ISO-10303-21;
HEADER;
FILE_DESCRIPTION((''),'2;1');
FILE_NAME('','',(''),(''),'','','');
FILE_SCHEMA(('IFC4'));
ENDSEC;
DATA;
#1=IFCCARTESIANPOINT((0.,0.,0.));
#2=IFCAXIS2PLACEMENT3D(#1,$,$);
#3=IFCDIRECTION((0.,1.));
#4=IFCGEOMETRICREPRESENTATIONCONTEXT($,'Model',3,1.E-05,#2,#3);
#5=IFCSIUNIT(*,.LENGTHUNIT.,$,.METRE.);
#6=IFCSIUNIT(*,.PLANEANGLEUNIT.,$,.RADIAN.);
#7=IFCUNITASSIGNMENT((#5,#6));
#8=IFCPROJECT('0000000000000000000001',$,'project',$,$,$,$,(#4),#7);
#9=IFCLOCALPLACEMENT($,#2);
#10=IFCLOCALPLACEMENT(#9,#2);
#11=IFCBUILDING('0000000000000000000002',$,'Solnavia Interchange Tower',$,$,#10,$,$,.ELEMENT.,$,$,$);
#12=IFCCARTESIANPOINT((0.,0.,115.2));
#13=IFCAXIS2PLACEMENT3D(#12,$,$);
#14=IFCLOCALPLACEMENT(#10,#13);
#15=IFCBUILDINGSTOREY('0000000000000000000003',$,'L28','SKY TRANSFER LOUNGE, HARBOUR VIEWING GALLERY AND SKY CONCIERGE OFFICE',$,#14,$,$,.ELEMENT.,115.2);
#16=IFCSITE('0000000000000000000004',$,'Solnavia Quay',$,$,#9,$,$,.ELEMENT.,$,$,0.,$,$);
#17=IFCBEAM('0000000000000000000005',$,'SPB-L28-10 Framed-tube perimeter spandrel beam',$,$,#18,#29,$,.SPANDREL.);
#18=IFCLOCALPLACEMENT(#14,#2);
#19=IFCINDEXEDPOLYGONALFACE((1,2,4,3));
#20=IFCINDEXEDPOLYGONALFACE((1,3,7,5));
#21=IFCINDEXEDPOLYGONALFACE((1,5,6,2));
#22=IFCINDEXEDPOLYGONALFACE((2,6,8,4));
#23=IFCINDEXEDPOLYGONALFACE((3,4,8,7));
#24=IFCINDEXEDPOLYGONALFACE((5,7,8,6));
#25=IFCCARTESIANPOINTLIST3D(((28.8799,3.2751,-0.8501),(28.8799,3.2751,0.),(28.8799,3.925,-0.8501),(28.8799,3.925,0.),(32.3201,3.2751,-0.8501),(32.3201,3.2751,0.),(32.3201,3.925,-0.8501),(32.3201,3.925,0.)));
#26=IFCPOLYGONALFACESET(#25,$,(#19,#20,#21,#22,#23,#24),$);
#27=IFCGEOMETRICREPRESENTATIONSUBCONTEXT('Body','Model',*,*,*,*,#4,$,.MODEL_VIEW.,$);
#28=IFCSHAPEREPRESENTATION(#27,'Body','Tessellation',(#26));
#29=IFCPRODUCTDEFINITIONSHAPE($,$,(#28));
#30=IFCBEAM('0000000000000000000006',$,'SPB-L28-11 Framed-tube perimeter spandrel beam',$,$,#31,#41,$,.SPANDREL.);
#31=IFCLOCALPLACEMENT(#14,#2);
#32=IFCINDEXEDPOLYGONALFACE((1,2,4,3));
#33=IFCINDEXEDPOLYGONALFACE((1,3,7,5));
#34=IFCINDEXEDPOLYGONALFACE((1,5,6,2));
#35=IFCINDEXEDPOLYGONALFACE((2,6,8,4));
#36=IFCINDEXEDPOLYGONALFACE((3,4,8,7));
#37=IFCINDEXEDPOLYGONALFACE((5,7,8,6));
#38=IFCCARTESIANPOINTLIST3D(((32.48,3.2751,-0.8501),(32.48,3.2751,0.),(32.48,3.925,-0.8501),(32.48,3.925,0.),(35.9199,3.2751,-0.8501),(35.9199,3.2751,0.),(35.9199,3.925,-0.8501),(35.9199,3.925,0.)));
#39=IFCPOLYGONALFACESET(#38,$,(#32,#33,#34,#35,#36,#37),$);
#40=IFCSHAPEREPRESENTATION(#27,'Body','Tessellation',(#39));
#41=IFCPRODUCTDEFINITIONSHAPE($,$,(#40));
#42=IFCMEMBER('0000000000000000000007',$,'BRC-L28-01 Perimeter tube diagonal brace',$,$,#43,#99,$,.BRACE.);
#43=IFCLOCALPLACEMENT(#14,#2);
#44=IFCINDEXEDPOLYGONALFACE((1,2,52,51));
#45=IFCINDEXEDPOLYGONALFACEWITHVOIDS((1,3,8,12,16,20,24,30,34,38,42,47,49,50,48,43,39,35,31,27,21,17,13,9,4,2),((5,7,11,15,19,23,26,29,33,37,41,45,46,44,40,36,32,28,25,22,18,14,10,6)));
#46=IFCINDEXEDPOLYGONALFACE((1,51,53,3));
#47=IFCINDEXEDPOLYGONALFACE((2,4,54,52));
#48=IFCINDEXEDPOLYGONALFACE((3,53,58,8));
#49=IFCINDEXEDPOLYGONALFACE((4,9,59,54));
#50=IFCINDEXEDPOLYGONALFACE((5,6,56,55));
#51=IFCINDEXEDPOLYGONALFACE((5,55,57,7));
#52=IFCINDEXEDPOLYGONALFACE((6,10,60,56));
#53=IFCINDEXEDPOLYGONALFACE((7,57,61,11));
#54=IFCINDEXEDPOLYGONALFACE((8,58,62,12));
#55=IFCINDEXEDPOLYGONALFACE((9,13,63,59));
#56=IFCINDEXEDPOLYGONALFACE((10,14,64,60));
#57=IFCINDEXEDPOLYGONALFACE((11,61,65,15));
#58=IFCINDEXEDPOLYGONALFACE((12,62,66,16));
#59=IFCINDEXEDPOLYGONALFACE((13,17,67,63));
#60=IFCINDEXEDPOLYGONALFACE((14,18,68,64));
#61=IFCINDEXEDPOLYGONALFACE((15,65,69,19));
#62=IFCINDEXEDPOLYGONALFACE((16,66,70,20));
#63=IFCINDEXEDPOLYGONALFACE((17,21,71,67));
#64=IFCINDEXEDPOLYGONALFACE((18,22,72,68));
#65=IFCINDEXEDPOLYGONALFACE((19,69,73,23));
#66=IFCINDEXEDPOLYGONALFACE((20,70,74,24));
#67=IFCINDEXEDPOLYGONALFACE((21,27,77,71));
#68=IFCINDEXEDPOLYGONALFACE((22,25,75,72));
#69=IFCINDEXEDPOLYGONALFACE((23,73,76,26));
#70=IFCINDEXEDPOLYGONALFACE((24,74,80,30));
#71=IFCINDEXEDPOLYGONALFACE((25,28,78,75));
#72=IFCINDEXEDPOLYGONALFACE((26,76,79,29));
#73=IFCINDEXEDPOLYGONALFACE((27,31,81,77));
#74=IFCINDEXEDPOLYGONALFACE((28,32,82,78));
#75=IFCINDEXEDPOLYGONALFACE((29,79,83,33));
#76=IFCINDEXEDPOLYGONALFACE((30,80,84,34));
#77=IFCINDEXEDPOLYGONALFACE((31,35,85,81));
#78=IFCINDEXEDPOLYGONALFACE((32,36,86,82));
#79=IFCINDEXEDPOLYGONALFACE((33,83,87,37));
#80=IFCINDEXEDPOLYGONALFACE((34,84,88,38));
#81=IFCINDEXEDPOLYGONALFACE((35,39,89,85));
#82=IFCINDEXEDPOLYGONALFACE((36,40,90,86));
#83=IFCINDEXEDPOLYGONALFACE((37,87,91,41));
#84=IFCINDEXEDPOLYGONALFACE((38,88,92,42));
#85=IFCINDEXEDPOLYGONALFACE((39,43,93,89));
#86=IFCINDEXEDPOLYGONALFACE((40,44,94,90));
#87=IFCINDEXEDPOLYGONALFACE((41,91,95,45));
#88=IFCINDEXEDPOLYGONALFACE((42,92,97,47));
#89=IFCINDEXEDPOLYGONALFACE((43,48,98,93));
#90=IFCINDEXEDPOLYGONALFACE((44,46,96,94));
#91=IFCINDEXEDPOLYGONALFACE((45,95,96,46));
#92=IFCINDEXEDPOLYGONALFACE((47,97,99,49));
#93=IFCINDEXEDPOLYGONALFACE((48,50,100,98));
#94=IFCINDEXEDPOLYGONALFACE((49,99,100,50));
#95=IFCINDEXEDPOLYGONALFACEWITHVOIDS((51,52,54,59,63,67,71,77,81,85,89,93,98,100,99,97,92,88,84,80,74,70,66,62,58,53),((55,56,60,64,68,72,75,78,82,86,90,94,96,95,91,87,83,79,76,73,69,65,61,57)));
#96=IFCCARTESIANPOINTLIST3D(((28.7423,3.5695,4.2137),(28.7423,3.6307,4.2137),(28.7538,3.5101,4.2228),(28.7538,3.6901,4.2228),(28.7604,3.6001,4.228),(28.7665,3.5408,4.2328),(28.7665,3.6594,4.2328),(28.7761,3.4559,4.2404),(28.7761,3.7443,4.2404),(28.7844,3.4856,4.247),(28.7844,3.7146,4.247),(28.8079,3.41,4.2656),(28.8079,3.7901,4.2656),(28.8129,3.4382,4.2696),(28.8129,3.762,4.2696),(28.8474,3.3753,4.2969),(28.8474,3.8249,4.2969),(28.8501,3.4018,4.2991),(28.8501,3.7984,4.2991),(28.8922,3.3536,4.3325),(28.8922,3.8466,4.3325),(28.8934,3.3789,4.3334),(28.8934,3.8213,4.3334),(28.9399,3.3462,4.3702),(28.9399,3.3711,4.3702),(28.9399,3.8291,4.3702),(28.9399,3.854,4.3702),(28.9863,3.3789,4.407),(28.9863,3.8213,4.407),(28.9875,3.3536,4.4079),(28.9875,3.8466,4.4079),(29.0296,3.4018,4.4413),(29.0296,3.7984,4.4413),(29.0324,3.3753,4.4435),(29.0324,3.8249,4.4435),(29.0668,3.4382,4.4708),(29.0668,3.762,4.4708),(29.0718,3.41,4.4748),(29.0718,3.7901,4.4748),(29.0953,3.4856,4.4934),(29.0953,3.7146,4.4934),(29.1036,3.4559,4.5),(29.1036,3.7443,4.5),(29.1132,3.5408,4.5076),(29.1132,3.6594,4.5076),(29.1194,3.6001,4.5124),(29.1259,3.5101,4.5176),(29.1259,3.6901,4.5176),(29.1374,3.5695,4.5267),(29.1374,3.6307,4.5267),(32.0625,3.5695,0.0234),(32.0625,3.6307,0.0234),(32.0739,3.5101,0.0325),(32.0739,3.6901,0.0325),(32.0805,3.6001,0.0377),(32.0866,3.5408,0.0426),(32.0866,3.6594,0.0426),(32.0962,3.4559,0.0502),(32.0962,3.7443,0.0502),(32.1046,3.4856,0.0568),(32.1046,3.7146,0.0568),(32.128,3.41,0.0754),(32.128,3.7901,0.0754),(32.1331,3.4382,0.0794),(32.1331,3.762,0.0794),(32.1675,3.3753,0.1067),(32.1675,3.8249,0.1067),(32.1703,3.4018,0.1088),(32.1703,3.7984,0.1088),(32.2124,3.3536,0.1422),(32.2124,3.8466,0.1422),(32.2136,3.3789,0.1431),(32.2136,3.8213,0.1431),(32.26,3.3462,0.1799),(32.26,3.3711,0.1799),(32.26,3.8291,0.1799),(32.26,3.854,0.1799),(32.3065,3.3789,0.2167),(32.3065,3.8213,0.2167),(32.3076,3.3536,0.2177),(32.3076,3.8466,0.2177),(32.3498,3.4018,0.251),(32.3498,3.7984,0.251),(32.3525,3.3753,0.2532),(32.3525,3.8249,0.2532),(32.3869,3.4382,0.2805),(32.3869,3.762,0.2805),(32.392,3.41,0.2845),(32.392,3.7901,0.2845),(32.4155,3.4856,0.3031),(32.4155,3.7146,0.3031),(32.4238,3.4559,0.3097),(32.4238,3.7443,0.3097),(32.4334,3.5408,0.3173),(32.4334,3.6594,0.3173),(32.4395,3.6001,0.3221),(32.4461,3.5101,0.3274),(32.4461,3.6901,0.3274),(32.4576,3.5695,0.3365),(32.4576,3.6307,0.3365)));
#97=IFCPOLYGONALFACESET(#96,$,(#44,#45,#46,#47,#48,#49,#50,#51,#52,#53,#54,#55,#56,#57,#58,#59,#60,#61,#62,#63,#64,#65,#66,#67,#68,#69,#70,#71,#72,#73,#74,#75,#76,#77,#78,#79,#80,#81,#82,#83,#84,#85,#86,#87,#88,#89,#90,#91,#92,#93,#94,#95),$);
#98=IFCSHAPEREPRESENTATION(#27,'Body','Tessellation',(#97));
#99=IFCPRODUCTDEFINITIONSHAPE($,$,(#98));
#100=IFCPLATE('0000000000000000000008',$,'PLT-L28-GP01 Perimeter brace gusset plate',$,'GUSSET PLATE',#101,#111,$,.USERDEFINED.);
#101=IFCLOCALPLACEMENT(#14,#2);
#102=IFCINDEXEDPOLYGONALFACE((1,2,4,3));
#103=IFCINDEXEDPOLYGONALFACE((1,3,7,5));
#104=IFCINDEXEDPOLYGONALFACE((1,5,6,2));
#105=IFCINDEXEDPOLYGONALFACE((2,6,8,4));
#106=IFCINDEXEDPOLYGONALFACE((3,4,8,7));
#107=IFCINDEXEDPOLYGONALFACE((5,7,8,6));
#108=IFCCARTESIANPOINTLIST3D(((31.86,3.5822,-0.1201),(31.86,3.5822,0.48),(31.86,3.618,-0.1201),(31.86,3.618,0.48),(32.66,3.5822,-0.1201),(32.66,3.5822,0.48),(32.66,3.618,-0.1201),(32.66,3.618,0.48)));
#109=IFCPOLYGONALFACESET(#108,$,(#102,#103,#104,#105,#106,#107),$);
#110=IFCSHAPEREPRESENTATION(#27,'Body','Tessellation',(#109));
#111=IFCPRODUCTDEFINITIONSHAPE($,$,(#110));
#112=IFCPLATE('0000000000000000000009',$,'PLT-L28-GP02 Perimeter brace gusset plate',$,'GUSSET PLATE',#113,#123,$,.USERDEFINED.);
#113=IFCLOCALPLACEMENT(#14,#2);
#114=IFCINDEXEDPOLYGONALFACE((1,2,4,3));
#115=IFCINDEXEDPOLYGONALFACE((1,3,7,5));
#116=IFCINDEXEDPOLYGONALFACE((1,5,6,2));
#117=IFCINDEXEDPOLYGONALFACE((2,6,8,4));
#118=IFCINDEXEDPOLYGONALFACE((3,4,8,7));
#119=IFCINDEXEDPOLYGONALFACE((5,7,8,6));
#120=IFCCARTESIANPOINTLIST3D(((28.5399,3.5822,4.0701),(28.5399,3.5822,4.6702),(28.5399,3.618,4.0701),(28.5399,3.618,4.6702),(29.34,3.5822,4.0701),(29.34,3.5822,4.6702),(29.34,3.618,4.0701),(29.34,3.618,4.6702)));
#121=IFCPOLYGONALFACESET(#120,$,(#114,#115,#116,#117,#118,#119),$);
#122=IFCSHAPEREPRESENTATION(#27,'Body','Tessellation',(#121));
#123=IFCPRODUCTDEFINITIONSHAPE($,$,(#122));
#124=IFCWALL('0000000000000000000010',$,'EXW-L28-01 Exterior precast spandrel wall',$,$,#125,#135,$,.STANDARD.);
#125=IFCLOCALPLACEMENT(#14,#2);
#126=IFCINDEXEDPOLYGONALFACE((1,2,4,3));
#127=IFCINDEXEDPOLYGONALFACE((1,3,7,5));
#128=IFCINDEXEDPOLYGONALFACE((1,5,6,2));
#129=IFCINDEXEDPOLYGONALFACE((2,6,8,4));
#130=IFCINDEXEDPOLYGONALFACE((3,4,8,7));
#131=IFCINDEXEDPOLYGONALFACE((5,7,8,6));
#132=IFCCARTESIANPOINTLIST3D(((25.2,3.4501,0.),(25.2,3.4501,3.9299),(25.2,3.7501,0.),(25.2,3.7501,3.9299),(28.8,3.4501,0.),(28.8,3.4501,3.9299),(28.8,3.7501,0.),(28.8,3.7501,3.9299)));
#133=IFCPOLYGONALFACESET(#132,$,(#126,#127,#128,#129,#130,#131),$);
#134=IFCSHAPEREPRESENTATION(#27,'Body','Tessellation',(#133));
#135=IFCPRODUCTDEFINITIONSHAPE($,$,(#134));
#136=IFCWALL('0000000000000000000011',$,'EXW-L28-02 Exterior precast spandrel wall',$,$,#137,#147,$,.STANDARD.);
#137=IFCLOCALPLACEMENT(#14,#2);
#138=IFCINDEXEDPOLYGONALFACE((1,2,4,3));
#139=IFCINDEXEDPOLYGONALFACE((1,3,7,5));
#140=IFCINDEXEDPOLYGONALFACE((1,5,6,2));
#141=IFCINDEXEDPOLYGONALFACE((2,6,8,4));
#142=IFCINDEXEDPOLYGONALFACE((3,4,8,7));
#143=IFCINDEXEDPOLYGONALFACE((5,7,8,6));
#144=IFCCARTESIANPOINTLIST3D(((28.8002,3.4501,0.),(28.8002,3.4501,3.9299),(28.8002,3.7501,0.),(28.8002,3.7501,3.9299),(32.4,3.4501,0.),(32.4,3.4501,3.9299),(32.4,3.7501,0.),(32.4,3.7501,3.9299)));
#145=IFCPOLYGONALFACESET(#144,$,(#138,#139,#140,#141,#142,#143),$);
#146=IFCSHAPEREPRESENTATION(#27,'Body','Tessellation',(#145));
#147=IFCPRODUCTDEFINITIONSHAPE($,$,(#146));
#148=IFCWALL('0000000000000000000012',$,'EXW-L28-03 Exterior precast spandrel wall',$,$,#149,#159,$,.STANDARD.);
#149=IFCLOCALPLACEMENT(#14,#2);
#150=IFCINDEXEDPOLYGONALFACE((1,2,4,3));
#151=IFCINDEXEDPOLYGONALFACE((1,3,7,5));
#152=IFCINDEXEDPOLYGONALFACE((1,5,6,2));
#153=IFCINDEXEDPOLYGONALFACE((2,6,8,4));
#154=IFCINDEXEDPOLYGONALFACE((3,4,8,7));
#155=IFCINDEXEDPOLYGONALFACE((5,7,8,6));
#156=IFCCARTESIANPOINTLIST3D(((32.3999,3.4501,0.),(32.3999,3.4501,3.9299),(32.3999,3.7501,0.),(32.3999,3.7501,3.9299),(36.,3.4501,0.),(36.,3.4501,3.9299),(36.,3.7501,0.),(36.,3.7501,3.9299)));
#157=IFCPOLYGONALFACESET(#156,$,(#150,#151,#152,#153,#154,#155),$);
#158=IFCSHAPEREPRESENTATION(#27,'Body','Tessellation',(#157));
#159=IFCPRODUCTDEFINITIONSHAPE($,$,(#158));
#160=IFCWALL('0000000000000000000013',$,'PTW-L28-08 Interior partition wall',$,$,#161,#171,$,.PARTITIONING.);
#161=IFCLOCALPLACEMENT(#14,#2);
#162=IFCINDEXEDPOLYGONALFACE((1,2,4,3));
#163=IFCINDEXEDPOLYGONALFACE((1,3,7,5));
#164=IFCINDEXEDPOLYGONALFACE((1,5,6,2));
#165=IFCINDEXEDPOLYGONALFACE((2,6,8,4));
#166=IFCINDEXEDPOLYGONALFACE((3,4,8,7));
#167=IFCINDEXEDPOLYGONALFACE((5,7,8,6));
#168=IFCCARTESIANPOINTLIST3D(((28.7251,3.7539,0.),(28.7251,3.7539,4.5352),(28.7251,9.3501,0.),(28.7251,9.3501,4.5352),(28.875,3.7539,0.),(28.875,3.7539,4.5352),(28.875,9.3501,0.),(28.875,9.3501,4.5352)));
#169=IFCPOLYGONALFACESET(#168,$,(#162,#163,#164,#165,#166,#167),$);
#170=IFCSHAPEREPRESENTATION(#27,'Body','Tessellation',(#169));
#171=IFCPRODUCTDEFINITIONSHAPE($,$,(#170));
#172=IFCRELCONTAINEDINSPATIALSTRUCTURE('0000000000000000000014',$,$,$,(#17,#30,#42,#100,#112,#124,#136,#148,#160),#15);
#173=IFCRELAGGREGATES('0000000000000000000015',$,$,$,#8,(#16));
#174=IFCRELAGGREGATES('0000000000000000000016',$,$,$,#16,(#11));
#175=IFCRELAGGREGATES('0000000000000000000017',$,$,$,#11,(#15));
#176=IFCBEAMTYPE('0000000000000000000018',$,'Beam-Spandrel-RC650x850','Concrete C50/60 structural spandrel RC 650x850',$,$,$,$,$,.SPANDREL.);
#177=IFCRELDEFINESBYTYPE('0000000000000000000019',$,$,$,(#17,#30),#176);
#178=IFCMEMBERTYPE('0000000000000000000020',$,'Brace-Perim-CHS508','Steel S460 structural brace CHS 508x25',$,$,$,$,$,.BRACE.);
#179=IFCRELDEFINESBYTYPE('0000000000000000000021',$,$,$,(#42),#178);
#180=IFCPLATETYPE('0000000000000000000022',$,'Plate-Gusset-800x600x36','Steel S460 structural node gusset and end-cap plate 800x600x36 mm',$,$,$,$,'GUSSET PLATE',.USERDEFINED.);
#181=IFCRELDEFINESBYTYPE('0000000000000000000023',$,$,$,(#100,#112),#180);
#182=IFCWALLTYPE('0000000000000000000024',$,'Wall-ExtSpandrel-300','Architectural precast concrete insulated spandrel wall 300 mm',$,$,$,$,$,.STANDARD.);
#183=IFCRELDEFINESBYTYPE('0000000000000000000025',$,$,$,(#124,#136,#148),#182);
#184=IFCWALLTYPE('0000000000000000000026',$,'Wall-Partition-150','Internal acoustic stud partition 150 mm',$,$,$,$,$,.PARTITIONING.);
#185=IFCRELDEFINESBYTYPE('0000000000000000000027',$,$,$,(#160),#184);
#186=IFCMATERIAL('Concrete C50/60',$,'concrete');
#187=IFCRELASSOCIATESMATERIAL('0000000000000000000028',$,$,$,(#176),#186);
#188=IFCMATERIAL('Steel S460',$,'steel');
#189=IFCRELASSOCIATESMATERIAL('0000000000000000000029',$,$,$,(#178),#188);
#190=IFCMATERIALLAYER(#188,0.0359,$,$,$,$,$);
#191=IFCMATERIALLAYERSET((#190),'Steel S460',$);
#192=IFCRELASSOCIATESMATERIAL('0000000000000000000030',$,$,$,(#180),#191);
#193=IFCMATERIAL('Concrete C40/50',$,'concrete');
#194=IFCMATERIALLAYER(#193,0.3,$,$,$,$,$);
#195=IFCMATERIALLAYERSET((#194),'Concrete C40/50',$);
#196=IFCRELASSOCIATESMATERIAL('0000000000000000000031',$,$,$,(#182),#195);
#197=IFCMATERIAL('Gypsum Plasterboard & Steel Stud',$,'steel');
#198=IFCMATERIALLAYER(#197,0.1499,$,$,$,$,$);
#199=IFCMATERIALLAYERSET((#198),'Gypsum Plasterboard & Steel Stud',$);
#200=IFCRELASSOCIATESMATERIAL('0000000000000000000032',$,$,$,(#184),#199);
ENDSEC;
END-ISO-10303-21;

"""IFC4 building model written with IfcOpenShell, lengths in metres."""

from ifc_helpers import new_model, si_unit, direction, frame, frame_2d, origin, origin_2d, place, context, subcontext, project, spatial, rectangle, hollow_circle, extrude, material, layer, layer_set, material_profile, profile_set, type_object, element, save


model = new_model("IFC4")

# Units and contexts
model_context = context("Model", 3, precision=1e-05, world=origin(), true_north=direction((0.0, 1.0)))
body_context = subcontext(model_context, "Body", "Model", "MODEL_VIEW")
ifc_project = project(units=[si_unit("LENGTHUNIT", "METRE"), si_unit("PLANEANGLEUNIT", "RADIAN")], contexts=[model_context])

# Site, building, storey
site_placement = place(None, origin())
site = spatial("IfcSite", under=ifc_project, at=site_placement, Name="Solnavia Quay", CompositionType="ELEMENT", RefElevation=0.0)
building_placement = place(site_placement, origin())
building = spatial("IfcBuilding", under=site, at=building_placement, Name="Solnavia Interchange Tower", CompositionType="ELEMENT")
storey_placement = place(building_placement, frame((0.0, 0.0, 115.2)))
storey = spatial("IfcBuildingStorey", under=building, at=storey_placement, Name="L28", Description="SKY TRANSFER LOUNGE, HARBOUR VIEWING GALLERY AND SKY CONCIERGE OFFICE", CompositionType="ELEMENT", Elevation=115.2)

# Shared definitions
ifc_material_1 = material(Name="Concrete C50/60", Category="concrete")

# Beams
ifc_material_2 = material(Name="Steel S460", Category="steel")
ifc_material_profile_1 = material_profile(ifc_material_1, rectangle(XDim=0.6499, YDim=0.8501, at=origin_2d()), Name="RC 650x850")
ifc_profile_set_1 = profile_set([ifc_material_profile_1], Name="Concrete C50/60")
beam_type_1 = type_object("IfcBeamType", Name="Beam-Spandrel-RC650x850", Description="Concrete C50/60 structural spandrel RC 650x850", PredefinedType="SPANDREL", material=ifc_profile_set_1)
beam_1_placement = place(storey_placement, frame((28.8799, 3.6001, -0.425), z_axis=(1.0, 0.0, 0.0), x_axis=(0.0, 1.0, 0.0)))
element("IfcBeam", 1, at=beam_1_placement, inside=storey, type_object=beam_type_1, Name="SPB-L28-10 Framed-tube perimeter spandrel beam", PredefinedType="SPANDREL", context=body_context, shape_type="SweptSolid", body=[
    extrude(rectangle(XDim=0.6499, YDim=0.8501, at=origin_2d()), origin(), (0.0, 0.0, 1.0), 3.4402),
])
beam_2_placement = place(storey_placement, frame((32.48, 3.6001, -0.425), z_axis=(1.0, 0.0, 0.0), x_axis=(0.0, 1.0, 0.0)))
element("IfcBeam", 2, at=beam_2_placement, inside=storey, type_object=beam_type_1, Name="SPB-L28-11 Framed-tube perimeter spandrel beam", PredefinedType="SPANDREL", context=body_context, shape_type="SweptSolid", body=[
    extrude(rectangle(XDim=0.6499, YDim=0.8501, at=origin_2d()), origin(), (0.0, 0.0, 1.0), 3.4399),
])

# Member
ifc_material_profile_2 = material_profile(ifc_material_2, hollow_circle(Radius=0.2539, WallThickness=0.0249, at=origin_2d()), Name="CHS 508x25")
ifc_profile_set_2 = profile_set([ifc_material_profile_2], Name="Steel S460")
member_type = type_object("IfcMemberType", Name="Brace-Perim-CHS508", Description="Steel S460 structural brace CHS 508x25", PredefinedType="BRACE", material=ifc_profile_set_2)
member_placement = place(storey_placement, frame((32.26, 3.6001, 0.1799), z_axis=(-0.621029, 0.0, 0.783787), x_axis=(0.0, -1.0, 0.0)))
element("IfcMember", 3, at=member_placement, inside=storey, type_object=member_type, Name="BRC-L28-01 Perimeter tube diagonal brace", PredefinedType="BRACE", context=body_context, shape_type="SweptSolid", body=[
    extrude(hollow_circle(Radius=0.2539, WallThickness=0.0249, at=origin_2d()), origin(), (0.0, 0.0, 1.0), 5.3462),
])

# Plates
ifc_layer_1 = layer(ifc_material_2, 0.0359)
ifc_layer_set_1 = layer_set([ifc_layer_1], Name="Steel S460")
plate_type = type_object("IfcPlateType", Name="Plate-Gusset-800x600x36", Description="Steel S460 structural node gusset and end-cap plate 800x600x36 mm", ElementType="GUSSET PLATE", PredefinedType="USERDEFINED", material=ifc_layer_set_1)
for number, where, z_axis, x_axis, name in (
    (4, (32.26, 3.6001, -0.1201), (0.0, 0.0, 1.0), (-1.0, 0.0, 0.0), "PLT-L28-GP01 Perimeter brace gusset plate"),
    (5, (28.9399, 3.6001, 4.0701), (0.0, 0.0, 1.0), (-1.0, 0.0, 0.0), "PLT-L28-GP02 Perimeter brace gusset plate"),
):
    element("IfcPlate", number, at=place(storey_placement, frame(where, z_axis=z_axis, x_axis=x_axis)), inside=storey, type_object=plate_type, Name=name, ObjectType="GUSSET PLATE", PredefinedType="USERDEFINED", context=body_context, shape_type="SweptSolid", body=[
        extrude(rectangle(XDim=0.8, YDim=0.0359, at=origin_2d()), origin(), (0.0, 0.0, 1.0), 0.6001),
    ])

# Walls
ifc_material_3 = material(Name="Concrete C40/50", Category="concrete")
ifc_layer_2 = layer(ifc_material_3, 0.3)
ifc_layer_set_2 = layer_set([ifc_layer_2], Name="Concrete C40/50")
wall_type_1 = type_object("IfcWallType", Name="Wall-ExtSpandrel-300", Description="Architectural precast concrete insulated spandrel wall 300 mm", PredefinedType="STANDARD", material=ifc_layer_set_2)
wall_1_placement = place(storey_placement, frame((28.8, 3.6001, 0.0), z_axis=(0.0, 0.0, 1.0), x_axis=(-1.0, 0.0, 0.0)))
element("IfcWall", 6, at=wall_1_placement, inside=storey, type_object=wall_type_1, Name="EXW-L28-01 Exterior precast spandrel wall", PredefinedType="STANDARD", context=body_context, shape_type="SweptSolid", body=[
    extrude(rectangle(XDim=3.6001, YDim=0.3, at=frame_2d((1.8, 0.0))), origin(), (0.0, 0.0, 1.0), 3.9299),
])
wall_2_placement = place(storey_placement, frame((32.3999, 3.6001, 0.0), z_axis=(0.0, 0.0, 1.0), x_axis=(-1.0, 0.0, 0.0)))
element("IfcWall", 7, at=wall_2_placement, inside=storey, type_object=wall_type_1, Name="EXW-L28-02 Exterior precast spandrel wall", PredefinedType="STANDARD", context=body_context, shape_type="SweptSolid", body=[
    extrude(rectangle(XDim=3.5999, YDim=0.3, at=frame_2d((1.7998, 0.0))), origin(), (0.0, 0.0, 1.0), 3.9299),
])
wall_3_placement = place(storey_placement, frame((36.0, 3.6001, 0.0), z_axis=(0.0, 0.0, 1.0), x_axis=(-1.0, 0.0, 0.0)))
element("IfcWall", 8, at=wall_3_placement, inside=storey, type_object=wall_type_1, Name="EXW-L28-03 Exterior precast spandrel wall", PredefinedType="STANDARD", context=body_context, shape_type="SweptSolid", body=[
    extrude(rectangle(XDim=3.6001, YDim=0.3, at=frame_2d((1.8, 0.0))), origin(), (0.0, 0.0, 1.0), 3.9299),
])
ifc_material_4 = material(Name="Gypsum Plasterboard & Steel Stud", Category="steel")
ifc_layer_3 = layer(ifc_material_4, 0.1499)
ifc_layer_set_3 = layer_set([ifc_layer_3], Name="Gypsum Plasterboard & Steel Stud")
wall_type_2 = type_object("IfcWallType", Name="Wall-Partition-150", Description="Internal acoustic stud partition 150 mm", PredefinedType="PARTITIONING", material=ifc_layer_set_3)
wall_4_placement = place(storey_placement, frame((28.8, 9.3501, 0.0), z_axis=(0.0, 0.0, 1.0), x_axis=(0.0, -1.0, 0.0)))
element("IfcWall", 9, at=wall_4_placement, inside=storey, type_object=wall_type_2, Name="PTW-L28-08 Interior partition wall", PredefinedType="PARTITIONING", context=body_context, shape_type="SweptSolid", body=[
    extrude(rectangle(XDim=5.5962, YDim=0.1499, at=frame_2d((2.7981, 0.0))), origin(), (0.0, 0.0, 1.0), 4.5352),
])

save(model, "model.ifc")
